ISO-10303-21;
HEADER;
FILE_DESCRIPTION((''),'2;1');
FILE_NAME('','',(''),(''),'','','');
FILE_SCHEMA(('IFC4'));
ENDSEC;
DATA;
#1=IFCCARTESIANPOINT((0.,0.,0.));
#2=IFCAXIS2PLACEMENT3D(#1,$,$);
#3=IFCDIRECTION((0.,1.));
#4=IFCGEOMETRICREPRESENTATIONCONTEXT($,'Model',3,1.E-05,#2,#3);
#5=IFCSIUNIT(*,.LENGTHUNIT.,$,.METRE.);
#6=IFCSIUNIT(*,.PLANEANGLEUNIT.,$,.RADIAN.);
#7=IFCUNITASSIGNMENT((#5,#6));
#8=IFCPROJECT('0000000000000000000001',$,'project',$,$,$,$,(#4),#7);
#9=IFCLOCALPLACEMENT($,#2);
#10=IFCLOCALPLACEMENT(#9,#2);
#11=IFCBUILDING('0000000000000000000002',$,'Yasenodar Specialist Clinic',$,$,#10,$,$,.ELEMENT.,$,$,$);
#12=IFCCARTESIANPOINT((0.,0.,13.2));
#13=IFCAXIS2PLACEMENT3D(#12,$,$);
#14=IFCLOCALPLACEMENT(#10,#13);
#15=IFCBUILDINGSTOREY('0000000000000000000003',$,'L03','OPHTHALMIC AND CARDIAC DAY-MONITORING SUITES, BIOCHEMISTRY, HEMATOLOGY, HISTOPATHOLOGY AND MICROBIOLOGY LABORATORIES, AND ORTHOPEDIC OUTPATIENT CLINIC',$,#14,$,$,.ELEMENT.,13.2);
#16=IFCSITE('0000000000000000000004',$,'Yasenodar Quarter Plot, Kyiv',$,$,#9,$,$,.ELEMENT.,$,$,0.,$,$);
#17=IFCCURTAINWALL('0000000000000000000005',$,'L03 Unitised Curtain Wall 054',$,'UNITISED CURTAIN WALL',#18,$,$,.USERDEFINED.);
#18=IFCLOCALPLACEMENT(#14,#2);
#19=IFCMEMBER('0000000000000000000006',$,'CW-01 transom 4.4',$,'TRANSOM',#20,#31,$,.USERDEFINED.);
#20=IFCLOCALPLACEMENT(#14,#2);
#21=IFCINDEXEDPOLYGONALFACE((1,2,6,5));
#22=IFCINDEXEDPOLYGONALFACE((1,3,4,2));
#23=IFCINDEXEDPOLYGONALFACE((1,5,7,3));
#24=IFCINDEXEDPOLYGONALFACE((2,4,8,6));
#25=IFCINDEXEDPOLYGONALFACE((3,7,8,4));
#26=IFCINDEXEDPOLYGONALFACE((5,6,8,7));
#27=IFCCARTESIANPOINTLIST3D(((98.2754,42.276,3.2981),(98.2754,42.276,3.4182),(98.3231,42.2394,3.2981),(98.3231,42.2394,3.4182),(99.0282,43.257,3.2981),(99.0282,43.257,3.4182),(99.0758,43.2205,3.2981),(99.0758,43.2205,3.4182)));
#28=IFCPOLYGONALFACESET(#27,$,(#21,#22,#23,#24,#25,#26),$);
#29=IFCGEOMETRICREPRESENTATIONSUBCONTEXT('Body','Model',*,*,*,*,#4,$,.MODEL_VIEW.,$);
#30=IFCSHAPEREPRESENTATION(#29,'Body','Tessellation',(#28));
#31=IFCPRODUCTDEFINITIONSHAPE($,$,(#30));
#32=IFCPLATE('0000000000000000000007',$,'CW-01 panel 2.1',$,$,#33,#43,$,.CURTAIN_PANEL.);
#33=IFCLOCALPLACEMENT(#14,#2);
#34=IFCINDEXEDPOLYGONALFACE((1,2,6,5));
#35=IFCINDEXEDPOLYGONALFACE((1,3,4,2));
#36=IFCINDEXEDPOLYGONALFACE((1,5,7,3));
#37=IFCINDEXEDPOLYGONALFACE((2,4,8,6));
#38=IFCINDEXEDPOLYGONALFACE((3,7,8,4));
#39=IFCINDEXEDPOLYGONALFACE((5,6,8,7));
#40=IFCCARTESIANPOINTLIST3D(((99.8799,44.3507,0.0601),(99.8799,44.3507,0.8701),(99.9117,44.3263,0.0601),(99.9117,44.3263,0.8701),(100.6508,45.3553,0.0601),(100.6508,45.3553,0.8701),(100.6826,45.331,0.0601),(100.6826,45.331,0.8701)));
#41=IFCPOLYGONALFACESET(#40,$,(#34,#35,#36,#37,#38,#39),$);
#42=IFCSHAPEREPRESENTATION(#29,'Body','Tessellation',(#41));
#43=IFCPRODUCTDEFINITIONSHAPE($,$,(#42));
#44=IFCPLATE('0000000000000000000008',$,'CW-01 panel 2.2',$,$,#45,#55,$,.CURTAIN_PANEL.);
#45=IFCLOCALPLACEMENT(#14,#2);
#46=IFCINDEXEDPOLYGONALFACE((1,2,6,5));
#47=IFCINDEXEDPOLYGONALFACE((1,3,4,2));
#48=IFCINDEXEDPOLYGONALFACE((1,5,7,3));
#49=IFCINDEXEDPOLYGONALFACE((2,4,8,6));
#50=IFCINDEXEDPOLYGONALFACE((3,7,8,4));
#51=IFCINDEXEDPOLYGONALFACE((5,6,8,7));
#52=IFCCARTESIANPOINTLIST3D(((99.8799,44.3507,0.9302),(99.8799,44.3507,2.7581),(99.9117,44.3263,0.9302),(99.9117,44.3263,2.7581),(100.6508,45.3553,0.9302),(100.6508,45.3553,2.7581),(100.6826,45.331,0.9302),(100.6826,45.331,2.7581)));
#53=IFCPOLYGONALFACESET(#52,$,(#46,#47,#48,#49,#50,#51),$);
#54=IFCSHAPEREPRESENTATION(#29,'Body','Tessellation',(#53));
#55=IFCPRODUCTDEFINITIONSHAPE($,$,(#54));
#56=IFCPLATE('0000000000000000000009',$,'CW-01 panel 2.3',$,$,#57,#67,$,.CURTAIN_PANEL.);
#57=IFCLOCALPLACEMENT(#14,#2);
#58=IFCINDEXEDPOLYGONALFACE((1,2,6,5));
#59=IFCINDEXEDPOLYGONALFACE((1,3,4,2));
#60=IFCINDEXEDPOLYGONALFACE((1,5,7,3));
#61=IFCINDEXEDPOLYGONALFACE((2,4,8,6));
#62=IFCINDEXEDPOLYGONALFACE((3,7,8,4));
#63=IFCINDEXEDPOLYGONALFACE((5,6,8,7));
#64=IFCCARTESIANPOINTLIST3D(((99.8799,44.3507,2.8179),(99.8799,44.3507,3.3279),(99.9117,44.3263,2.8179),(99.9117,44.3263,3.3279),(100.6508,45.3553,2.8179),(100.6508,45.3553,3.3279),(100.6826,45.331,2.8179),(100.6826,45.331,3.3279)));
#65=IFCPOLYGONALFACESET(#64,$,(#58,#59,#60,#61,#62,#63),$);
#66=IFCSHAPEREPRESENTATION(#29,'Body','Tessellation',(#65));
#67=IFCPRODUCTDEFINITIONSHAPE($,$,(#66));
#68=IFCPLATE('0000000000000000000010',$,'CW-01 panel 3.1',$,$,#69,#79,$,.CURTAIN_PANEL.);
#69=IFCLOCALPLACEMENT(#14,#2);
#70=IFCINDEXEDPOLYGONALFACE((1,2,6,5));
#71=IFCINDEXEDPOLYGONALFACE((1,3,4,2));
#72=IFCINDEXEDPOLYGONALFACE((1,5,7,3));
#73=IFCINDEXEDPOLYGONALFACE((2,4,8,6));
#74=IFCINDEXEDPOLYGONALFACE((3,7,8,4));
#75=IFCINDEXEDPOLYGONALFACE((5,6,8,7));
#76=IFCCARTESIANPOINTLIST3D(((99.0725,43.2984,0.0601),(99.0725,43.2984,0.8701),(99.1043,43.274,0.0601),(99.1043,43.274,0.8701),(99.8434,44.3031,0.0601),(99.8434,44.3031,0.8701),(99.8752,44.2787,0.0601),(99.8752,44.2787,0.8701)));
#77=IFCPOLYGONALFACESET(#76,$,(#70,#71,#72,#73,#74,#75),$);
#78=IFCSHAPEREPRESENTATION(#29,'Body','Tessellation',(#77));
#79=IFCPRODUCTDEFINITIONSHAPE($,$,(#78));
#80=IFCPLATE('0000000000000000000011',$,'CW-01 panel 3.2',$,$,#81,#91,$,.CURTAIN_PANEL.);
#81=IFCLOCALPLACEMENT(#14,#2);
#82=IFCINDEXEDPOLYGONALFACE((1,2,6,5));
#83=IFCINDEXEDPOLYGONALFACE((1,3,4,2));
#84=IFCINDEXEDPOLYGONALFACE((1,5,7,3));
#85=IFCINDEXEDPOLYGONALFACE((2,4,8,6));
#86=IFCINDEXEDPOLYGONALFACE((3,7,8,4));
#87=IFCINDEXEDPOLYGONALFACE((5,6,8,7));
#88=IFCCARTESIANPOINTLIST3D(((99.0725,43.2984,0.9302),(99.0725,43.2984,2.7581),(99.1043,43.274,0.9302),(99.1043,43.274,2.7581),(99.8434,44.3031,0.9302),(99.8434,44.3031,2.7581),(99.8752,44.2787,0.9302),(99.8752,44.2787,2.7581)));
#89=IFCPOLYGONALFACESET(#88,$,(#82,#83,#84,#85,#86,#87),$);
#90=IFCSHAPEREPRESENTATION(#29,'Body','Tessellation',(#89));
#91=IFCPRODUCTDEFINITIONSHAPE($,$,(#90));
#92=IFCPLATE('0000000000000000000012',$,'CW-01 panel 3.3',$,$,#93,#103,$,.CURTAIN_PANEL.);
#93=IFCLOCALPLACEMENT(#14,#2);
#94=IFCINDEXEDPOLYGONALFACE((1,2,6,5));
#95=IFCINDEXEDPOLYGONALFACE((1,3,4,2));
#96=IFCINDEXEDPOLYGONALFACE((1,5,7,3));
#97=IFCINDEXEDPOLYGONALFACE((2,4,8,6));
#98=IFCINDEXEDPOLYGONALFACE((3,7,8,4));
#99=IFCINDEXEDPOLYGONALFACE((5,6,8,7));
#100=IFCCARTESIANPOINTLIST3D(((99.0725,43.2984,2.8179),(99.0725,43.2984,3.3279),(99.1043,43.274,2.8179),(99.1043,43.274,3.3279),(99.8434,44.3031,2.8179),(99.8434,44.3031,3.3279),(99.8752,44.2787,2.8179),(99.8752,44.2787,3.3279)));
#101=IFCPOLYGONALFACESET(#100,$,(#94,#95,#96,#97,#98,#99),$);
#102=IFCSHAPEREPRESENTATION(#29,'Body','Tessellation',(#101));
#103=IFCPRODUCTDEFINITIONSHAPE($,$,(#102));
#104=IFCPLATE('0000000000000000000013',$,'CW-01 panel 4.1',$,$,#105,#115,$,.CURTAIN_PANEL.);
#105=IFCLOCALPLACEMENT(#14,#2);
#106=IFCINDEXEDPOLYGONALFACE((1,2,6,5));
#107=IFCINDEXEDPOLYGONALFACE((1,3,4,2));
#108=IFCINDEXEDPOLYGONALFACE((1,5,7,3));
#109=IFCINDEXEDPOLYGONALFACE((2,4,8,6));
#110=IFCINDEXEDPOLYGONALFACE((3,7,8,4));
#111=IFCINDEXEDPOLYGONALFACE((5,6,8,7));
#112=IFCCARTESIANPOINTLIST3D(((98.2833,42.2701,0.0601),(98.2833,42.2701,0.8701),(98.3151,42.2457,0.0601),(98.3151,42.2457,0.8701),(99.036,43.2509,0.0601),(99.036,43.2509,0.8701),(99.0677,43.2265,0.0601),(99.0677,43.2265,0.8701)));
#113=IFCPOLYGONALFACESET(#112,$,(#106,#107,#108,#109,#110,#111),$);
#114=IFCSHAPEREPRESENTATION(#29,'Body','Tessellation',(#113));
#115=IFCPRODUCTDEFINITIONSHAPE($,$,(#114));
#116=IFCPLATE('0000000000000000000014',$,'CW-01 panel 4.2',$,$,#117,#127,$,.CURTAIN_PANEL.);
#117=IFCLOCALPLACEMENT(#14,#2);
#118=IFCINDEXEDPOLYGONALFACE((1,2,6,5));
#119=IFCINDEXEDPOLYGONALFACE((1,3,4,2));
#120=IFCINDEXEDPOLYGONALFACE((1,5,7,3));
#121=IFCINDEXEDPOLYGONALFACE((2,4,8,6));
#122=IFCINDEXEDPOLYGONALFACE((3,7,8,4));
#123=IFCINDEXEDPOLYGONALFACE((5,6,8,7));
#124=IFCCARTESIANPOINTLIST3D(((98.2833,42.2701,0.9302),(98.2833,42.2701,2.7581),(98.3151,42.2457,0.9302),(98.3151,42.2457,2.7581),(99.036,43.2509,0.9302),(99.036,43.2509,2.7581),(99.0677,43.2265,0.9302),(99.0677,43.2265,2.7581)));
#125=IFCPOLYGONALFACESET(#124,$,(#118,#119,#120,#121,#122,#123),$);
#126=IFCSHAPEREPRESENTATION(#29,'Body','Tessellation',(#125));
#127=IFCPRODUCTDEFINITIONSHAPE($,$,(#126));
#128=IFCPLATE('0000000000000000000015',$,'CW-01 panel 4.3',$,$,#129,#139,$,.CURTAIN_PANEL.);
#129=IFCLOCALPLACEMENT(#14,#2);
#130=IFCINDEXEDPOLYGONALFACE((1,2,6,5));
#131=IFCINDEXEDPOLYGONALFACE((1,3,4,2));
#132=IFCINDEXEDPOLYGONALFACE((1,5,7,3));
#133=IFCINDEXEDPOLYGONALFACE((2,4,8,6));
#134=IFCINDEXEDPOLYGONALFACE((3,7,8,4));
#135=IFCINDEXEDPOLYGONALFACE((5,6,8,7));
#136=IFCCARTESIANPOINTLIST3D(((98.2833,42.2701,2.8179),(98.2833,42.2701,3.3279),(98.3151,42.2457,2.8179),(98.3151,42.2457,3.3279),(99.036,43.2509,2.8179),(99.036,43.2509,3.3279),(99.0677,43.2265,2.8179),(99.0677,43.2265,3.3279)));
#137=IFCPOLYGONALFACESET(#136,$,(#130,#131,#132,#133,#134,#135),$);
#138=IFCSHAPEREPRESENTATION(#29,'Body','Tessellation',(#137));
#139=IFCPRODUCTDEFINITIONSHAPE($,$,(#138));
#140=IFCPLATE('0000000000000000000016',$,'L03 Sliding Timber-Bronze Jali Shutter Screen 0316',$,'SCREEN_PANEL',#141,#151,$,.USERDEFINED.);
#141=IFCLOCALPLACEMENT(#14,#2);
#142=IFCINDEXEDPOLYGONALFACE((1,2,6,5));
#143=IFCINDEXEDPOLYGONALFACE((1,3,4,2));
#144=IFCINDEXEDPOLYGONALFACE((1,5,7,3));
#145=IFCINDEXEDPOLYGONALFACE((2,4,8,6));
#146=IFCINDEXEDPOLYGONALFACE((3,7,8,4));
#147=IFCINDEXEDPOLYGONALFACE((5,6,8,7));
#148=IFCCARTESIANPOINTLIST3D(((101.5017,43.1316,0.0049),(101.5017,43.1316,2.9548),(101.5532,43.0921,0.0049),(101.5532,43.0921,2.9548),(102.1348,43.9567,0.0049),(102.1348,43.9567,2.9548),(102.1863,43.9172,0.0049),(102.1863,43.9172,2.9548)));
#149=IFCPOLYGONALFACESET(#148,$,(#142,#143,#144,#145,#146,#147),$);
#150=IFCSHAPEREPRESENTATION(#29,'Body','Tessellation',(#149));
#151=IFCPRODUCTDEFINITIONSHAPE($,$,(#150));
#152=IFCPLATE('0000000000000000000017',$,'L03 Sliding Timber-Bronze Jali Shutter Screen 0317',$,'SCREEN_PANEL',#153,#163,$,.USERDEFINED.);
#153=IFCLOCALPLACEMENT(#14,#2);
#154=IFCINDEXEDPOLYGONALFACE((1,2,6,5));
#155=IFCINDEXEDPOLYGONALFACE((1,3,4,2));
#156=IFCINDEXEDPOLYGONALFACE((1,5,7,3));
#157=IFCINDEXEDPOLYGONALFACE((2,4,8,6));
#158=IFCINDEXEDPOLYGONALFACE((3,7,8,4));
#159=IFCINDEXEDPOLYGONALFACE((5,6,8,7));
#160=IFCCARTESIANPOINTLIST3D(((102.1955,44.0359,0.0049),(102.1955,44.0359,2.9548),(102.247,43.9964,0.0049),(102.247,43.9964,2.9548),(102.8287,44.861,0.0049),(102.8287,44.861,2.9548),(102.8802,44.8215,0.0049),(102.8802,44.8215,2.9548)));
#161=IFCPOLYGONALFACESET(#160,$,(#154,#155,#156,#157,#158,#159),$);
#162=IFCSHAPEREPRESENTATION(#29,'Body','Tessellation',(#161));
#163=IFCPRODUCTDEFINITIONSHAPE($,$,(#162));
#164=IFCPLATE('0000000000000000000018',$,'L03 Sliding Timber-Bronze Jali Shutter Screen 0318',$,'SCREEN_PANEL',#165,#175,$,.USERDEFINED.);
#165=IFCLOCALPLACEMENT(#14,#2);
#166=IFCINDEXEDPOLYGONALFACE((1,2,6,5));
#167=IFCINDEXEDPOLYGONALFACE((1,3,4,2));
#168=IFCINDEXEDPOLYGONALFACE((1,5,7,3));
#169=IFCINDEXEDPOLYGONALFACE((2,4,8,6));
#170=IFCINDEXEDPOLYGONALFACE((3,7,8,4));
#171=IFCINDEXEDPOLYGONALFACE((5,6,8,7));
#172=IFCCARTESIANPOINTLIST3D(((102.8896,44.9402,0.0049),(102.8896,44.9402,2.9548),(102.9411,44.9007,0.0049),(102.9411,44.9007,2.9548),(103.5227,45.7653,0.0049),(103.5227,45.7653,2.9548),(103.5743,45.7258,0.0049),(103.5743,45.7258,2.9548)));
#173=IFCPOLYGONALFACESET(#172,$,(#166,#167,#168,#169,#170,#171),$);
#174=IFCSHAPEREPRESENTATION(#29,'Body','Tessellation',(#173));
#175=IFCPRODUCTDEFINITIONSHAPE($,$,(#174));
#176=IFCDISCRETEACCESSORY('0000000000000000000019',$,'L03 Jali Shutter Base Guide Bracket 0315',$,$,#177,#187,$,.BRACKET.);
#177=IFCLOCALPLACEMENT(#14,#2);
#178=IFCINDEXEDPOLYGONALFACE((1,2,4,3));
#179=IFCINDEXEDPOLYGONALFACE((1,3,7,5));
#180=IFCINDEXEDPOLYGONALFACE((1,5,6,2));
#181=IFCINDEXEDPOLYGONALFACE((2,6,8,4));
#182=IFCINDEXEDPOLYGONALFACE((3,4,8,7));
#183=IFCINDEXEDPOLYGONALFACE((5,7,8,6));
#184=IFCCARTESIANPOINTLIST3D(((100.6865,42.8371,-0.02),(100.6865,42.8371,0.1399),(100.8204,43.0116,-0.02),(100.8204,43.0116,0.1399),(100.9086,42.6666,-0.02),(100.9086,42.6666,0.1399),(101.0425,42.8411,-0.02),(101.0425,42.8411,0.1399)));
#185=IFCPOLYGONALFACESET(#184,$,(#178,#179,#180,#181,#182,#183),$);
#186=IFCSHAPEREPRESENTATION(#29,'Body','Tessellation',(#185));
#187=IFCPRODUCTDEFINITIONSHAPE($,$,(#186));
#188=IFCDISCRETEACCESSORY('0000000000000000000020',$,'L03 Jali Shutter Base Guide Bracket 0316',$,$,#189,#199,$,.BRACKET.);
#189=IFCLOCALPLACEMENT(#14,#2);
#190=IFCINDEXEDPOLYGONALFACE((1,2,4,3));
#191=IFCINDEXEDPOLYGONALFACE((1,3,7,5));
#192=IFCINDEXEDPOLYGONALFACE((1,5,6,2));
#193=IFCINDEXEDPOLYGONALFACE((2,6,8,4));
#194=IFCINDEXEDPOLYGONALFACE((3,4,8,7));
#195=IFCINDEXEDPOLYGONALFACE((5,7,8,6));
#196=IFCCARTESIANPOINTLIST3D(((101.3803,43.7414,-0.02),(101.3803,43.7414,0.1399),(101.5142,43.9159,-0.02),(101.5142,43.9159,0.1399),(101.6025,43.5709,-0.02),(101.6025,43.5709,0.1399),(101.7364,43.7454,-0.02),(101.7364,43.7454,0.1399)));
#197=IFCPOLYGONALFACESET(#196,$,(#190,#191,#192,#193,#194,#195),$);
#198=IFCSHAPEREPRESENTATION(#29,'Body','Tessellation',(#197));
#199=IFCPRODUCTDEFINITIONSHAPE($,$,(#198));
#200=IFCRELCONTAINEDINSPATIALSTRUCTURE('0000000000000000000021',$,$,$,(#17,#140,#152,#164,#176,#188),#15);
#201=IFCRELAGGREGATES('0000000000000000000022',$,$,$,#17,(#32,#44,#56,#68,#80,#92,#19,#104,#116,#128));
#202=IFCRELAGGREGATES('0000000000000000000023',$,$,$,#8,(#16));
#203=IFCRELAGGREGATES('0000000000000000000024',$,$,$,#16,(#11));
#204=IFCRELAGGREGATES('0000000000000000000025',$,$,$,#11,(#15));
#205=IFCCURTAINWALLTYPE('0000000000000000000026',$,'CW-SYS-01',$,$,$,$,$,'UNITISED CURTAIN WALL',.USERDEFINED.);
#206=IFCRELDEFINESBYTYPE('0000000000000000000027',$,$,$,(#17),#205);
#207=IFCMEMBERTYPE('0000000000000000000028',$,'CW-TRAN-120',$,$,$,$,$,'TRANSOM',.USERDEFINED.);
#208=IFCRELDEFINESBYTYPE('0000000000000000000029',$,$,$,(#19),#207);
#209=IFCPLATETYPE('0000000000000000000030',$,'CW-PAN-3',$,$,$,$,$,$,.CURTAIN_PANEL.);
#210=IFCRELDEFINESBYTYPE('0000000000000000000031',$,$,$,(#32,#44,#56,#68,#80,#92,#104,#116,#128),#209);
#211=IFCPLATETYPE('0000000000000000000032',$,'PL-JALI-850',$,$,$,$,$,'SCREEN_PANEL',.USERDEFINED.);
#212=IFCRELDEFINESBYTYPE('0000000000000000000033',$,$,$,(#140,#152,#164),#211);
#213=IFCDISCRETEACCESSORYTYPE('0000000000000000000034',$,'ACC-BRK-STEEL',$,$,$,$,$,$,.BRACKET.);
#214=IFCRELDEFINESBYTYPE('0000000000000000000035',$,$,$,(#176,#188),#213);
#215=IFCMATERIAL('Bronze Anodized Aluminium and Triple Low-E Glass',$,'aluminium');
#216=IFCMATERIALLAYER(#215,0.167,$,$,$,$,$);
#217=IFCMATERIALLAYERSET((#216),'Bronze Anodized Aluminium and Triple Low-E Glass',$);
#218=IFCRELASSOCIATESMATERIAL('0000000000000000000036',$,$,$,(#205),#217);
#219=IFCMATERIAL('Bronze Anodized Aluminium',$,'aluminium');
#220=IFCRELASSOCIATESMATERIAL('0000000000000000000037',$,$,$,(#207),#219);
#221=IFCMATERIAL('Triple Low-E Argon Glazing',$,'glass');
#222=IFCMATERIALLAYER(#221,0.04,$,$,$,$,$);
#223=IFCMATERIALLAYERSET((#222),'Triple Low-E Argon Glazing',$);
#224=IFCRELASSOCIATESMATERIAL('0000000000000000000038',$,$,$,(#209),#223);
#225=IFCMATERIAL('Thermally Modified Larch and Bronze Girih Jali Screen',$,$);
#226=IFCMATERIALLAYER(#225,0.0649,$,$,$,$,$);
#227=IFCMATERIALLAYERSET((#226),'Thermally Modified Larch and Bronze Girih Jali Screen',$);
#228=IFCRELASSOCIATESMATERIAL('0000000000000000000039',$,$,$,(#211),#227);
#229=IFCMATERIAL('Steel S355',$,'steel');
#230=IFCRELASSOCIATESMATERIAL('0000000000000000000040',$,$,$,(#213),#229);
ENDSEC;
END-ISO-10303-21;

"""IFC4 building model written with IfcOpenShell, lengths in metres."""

from ifc_helpers import new_model, si_unit, direction, frame, origin, origin_2d, place, context, subcontext, project, spatial, rectangle, extrude, material, layer, layer_set, material_profile, profile_set, type_object, element, aggregate, save


model = new_model("IFC4")

# Units and contexts
model_context = context("Model", 3, precision=1e-05, world=origin(), true_north=direction((0.0, 1.0)))
body_context = subcontext(model_context, "Body", "Model", "MODEL_VIEW")
ifc_project = project(units=[si_unit("LENGTHUNIT", "METRE"), si_unit("PLANEANGLEUNIT", "RADIAN")], contexts=[model_context])

# Site, building, storey
site_placement = place(None, origin())
site = spatial("IfcSite", under=ifc_project, at=site_placement, Name="Yasenodar Quarter Plot, Kyiv", CompositionType="ELEMENT", RefElevation=0.0)
building_placement = place(site_placement, origin())
building = spatial("IfcBuilding", under=site, at=building_placement, Name="Yasenodar Specialist Clinic", CompositionType="ELEMENT")
storey_placement = place(building_placement, frame((0.0, 0.0, 13.2)))
storey = spatial("IfcBuildingStorey", under=building, at=storey_placement, Name="L03", Description="OPHTHALMIC AND CARDIAC DAY-MONITORING SUITES, BIOCHEMISTRY, HEMATOLOGY, HISTOPATHOLOGY AND MICROBIOLOGY LABORATORIES, AND ORTHOPEDIC OUTPATIENT CLINIC", CompositionType="ELEMENT", Elevation=13.2)

# Curtain wall, member, plates
ifc_material_1 = material(Name="Bronze Anodized Aluminium and Triple Low-E Glass", Category="aluminium")
ifc_layer_1 = layer(ifc_material_1, 0.167)
ifc_layer_set_1 = layer_set([ifc_layer_1], Name="Bronze Anodized Aluminium and Triple Low-E Glass")
curtain_wall_type = type_object("IfcCurtainWallType", Name="CW-SYS-01", ElementType="UNITISED CURTAIN WALL", PredefinedType="USERDEFINED", material=ifc_layer_set_1)
curtain_wall_placement = place(storey_placement, origin())
curtain_wall = element("IfcCurtainWall", 1, at=curtain_wall_placement, inside=storey, type_object=curtain_wall_type, Name="L03 Unitised Curtain Wall 054", ObjectType="UNITISED CURTAIN WALL", PredefinedType="USERDEFINED")
ifc_material_2 = material(Name="Bronze Anodized Aluminium", Category="aluminium")
ifc_material_profile_1 = material_profile(ifc_material_2, rectangle(XDim=0.0601, YDim=0.1201, at=origin_2d()), Name="CW-TRAN 60x120")
ifc_profile_set_1 = profile_set([ifc_material_profile_1], Name="Bronze Anodized Aluminium")
member_type_1 = type_object("IfcMemberType", Name="CW-TRAN-120", ElementType="TRANSOM", PredefinedType="USERDEFINED", material=ifc_profile_set_1)
member_1_placement = place(storey_placement, frame((99.052, 43.2388, 3.3582), z_axis=(-0.608747, -0.793365, 0.0), x_axis=(0.793365, -0.608747, 0.0)))
member_1 = element("IfcMember", 2, at=member_1_placement, type_object=member_type_1, Name="CW-01 transom 4.4", ObjectType="TRANSOM", PredefinedType="USERDEFINED", context=body_context, shape_type="SweptSolid", body=[
    extrude(rectangle(XDim=0.0601, YDim=0.1201, at=origin_2d()), origin(), (0.0, 0.0, 1.0), 1.2366),
])
ifc_material_3 = material(Name="Triple Low-E Argon Glazing", Category="glass")
ifc_layer_2 = layer(ifc_material_3, 0.04)
ifc_layer_set_2 = layer_set([ifc_layer_2], Name="Triple Low-E Argon Glazing")
plate_type_1 = type_object("IfcPlateType", Name="CW-PAN-3", PredefinedType="CURTAIN_PANEL", material=ifc_layer_set_2)
plate_1_placement = place(storey_placement, frame((100.2812, 44.8408, 0.0601), z_axis=(0.0, 0.0, 1.0), x_axis=(-0.608752, -0.793361, 0.0)))
plate_1 = element("IfcPlate", 3, at=plate_1_placement, type_object=plate_type_1, Name="CW-01 panel 2.1", PredefinedType="CURTAIN_PANEL", context=body_context, shape_type="SweptSolid", body=[
    extrude(rectangle(XDim=1.2664, YDim=0.04, at=origin_2d()), origin(), (0.0, 0.0, 1.0), 0.8101),
])
plate_2_placement = place(storey_placement, frame((100.2812, 44.8408, 0.9302), z_axis=(0.0, 0.0, 1.0), x_axis=(-0.608752, -0.793361, 0.0)))
plate_2 = element("IfcPlate", 4, at=plate_2_placement, type_object=plate_type_1, Name="CW-01 panel 2.2", PredefinedType="CURTAIN_PANEL", context=body_context, shape_type="SweptSolid", body=[
    extrude(rectangle(XDim=1.2664, YDim=0.04, at=origin_2d()), origin(), (0.0, 0.0, 1.0), 1.8279),
])
plate_3_placement = place(storey_placement, frame((100.2812, 44.8408, 2.8179), z_axis=(0.0, 0.0, 1.0), x_axis=(-0.608752, -0.793361, 0.0)))
plate_3 = element("IfcPlate", 5, at=plate_3_placement, type_object=plate_type_1, Name="CW-01 panel 2.3", PredefinedType="CURTAIN_PANEL", context=body_context, shape_type="SweptSolid", body=[
    extrude(rectangle(XDim=1.2664, YDim=0.04, at=origin_2d()), origin(), (0.0, 0.0, 1.0), 0.51),
])
plate_4_placement = place(storey_placement, frame((99.4739, 43.7886, 0.0601), z_axis=(0.0, 0.0, 1.0), x_axis=(-0.608752, -0.793361, 0.0)))
plate_4 = element("IfcPlate", 6, at=plate_4_placement, type_object=plate_type_1, Name="CW-01 panel 3.1", PredefinedType="CURTAIN_PANEL", context=body_context, shape_type="SweptSolid", body=[
    extrude(rectangle(XDim=1.2664, YDim=0.04, at=origin_2d()), origin(), (0.0, 0.0, 1.0), 0.8101),
])
plate_5_placement = place(storey_placement, frame((99.4739, 43.7886, 0.9302), z_axis=(0.0, 0.0, 1.0), x_axis=(-0.608752, -0.793361, 0.0)))
plate_5 = element("IfcPlate", 7, at=plate_5_placement, type_object=plate_type_1, Name="CW-01 panel 3.2", PredefinedType="CURTAIN_PANEL", context=body_context, shape_type="SweptSolid", body=[
    extrude(rectangle(XDim=1.2664, YDim=0.04, at=origin_2d()), origin(), (0.0, 0.0, 1.0), 1.8279),
])
plate_6_placement = place(storey_placement, frame((99.4739, 43.7886, 2.8179), z_axis=(0.0, 0.0, 1.0), x_axis=(-0.608752, -0.793361, 0.0)))
plate_6 = element("IfcPlate", 8, at=plate_6_placement, type_object=plate_type_1, Name="CW-01 panel 3.3", PredefinedType="CURTAIN_PANEL", context=body_context, shape_type="SweptSolid", body=[
    extrude(rectangle(XDim=1.2664, YDim=0.04, at=origin_2d()), origin(), (0.0, 0.0, 1.0), 0.51),
])
plate_7_placement = place(storey_placement, frame((98.6755, 42.7483, 0.0601), z_axis=(0.0, 0.0, 1.0), x_axis=(-0.608752, -0.793361, 0.0)))
plate_7 = element("IfcPlate", 9, at=plate_7_placement, type_object=plate_type_1, Name="CW-01 panel 4.1", PredefinedType="CURTAIN_PANEL", context=body_context, shape_type="SweptSolid", body=[
    extrude(rectangle(XDim=1.2363, YDim=0.04, at=origin_2d()), origin(), (0.0, 0.0, 1.0), 0.8101),
])
plate_8_placement = place(storey_placement, frame((98.6755, 42.7483, 0.9302), z_axis=(0.0, 0.0, 1.0), x_axis=(-0.608752, -0.793361, 0.0)))
plate_8 = element("IfcPlate", 10, at=plate_8_placement, type_object=plate_type_1, Name="CW-01 panel 4.2", PredefinedType="CURTAIN_PANEL", context=body_context, shape_type="SweptSolid", body=[
    extrude(rectangle(XDim=1.2363, YDim=0.04, at=origin_2d()), origin(), (0.0, 0.0, 1.0), 1.8279),
])
plate_9_placement = place(storey_placement, frame((98.6755, 42.7483, 2.8179), z_axis=(0.0, 0.0, 1.0), x_axis=(-0.608752, -0.793361, 0.0)))
plate_9 = element("IfcPlate", 11, at=plate_9_placement, type_object=plate_type_1, Name="CW-01 panel 4.3", PredefinedType="CURTAIN_PANEL", context=body_context, shape_type="SweptSolid", body=[
    extrude(rectangle(XDim=1.2363, YDim=0.04, at=origin_2d()), origin(), (0.0, 0.0, 1.0), 0.51),
])
aggregate(curtain_wall, [plate_1, plate_2, plate_3, plate_4, plate_5, plate_6, member_1, plate_7, plate_8, plate_9])

# Plates
ifc_material_4 = material(Name="Thermally Modified Larch and Bronze Girih Jali Screen")
ifc_layer_3 = layer(ifc_material_4, 0.0649)
ifc_layer_set_3 = layer_set([ifc_layer_3], Name="Thermally Modified Larch and Bronze Girih Jali Screen")
plate_type_2 = type_object("IfcPlateType", Name="PL-JALI-850", ElementType="SCREEN_PANEL", PredefinedType="USERDEFINED", material=ifc_layer_set_3)
for number, where, z_axis, x_axis, name in (
    (12, (101.844, 43.5244, 0.0049), (0.0, 0.0, 1.0), (0.608764, 0.793351, 0.0), "L03 Sliding Timber-Bronze Jali Shutter Screen 0316"),
    (13, (102.5378, 44.4287, 0.0049), (0.0, 0.0, 1.0), (0.608764, 0.793351, 0.0), "L03 Sliding Timber-Bronze Jali Shutter Screen 0317"),
    (14, (103.2319, 45.333, 0.0049), (0.0, 0.0, 1.0), (0.608764, 0.793351, 0.0), "L03 Sliding Timber-Bronze Jali Shutter Screen 0318"),
):
    element("IfcPlate", number, at=place(storey_placement, frame(where, z_axis=z_axis, x_axis=x_axis)), inside=storey, type_object=plate_type_2, Name=name, ObjectType="SCREEN_PANEL", PredefinedType="USERDEFINED", context=body_context, shape_type="SweptSolid", body=[
        extrude(rectangle(XDim=1.04, YDim=0.0649, at=origin_2d()), origin(), (0.0, 0.0, 1.0), 2.95),
    ])

# Discrete accessories
ifc_material_5 = material(Name="Steel S355", Category="steel")
discrete_accessory_type = type_object("IfcDiscreteAccessoryType", Name="ACC-BRK-STEEL", PredefinedType="BRACKET", material=ifc_material_5)
for number, where, z_axis, x_axis, name in (
    (15, (100.8645, 42.8391, -0.02), (0.0, 0.0, 1.0), (0.608764, 0.793351, 0.0), "L03 Jali Shutter Base Guide Bracket 0315"),
    (16, (101.5583, 43.7434, -0.02), (0.0, 0.0, 1.0), (0.608764, 0.793351, 0.0), "L03 Jali Shutter Base Guide Bracket 0316"),
):
    element("IfcDiscreteAccessory", number, at=place(storey_placement, frame(where, z_axis=z_axis, x_axis=x_axis)), inside=storey, type_object=discrete_accessory_type, Name=name, PredefinedType="BRACKET", context=body_context, shape_type="SweptSolid", body=[
        extrude(rectangle(XDim=0.22, YDim=0.28, at=origin_2d()), origin(), (0.0, 0.0, 1.0), 0.1599),
    ])

save(model, "model.ifc")
